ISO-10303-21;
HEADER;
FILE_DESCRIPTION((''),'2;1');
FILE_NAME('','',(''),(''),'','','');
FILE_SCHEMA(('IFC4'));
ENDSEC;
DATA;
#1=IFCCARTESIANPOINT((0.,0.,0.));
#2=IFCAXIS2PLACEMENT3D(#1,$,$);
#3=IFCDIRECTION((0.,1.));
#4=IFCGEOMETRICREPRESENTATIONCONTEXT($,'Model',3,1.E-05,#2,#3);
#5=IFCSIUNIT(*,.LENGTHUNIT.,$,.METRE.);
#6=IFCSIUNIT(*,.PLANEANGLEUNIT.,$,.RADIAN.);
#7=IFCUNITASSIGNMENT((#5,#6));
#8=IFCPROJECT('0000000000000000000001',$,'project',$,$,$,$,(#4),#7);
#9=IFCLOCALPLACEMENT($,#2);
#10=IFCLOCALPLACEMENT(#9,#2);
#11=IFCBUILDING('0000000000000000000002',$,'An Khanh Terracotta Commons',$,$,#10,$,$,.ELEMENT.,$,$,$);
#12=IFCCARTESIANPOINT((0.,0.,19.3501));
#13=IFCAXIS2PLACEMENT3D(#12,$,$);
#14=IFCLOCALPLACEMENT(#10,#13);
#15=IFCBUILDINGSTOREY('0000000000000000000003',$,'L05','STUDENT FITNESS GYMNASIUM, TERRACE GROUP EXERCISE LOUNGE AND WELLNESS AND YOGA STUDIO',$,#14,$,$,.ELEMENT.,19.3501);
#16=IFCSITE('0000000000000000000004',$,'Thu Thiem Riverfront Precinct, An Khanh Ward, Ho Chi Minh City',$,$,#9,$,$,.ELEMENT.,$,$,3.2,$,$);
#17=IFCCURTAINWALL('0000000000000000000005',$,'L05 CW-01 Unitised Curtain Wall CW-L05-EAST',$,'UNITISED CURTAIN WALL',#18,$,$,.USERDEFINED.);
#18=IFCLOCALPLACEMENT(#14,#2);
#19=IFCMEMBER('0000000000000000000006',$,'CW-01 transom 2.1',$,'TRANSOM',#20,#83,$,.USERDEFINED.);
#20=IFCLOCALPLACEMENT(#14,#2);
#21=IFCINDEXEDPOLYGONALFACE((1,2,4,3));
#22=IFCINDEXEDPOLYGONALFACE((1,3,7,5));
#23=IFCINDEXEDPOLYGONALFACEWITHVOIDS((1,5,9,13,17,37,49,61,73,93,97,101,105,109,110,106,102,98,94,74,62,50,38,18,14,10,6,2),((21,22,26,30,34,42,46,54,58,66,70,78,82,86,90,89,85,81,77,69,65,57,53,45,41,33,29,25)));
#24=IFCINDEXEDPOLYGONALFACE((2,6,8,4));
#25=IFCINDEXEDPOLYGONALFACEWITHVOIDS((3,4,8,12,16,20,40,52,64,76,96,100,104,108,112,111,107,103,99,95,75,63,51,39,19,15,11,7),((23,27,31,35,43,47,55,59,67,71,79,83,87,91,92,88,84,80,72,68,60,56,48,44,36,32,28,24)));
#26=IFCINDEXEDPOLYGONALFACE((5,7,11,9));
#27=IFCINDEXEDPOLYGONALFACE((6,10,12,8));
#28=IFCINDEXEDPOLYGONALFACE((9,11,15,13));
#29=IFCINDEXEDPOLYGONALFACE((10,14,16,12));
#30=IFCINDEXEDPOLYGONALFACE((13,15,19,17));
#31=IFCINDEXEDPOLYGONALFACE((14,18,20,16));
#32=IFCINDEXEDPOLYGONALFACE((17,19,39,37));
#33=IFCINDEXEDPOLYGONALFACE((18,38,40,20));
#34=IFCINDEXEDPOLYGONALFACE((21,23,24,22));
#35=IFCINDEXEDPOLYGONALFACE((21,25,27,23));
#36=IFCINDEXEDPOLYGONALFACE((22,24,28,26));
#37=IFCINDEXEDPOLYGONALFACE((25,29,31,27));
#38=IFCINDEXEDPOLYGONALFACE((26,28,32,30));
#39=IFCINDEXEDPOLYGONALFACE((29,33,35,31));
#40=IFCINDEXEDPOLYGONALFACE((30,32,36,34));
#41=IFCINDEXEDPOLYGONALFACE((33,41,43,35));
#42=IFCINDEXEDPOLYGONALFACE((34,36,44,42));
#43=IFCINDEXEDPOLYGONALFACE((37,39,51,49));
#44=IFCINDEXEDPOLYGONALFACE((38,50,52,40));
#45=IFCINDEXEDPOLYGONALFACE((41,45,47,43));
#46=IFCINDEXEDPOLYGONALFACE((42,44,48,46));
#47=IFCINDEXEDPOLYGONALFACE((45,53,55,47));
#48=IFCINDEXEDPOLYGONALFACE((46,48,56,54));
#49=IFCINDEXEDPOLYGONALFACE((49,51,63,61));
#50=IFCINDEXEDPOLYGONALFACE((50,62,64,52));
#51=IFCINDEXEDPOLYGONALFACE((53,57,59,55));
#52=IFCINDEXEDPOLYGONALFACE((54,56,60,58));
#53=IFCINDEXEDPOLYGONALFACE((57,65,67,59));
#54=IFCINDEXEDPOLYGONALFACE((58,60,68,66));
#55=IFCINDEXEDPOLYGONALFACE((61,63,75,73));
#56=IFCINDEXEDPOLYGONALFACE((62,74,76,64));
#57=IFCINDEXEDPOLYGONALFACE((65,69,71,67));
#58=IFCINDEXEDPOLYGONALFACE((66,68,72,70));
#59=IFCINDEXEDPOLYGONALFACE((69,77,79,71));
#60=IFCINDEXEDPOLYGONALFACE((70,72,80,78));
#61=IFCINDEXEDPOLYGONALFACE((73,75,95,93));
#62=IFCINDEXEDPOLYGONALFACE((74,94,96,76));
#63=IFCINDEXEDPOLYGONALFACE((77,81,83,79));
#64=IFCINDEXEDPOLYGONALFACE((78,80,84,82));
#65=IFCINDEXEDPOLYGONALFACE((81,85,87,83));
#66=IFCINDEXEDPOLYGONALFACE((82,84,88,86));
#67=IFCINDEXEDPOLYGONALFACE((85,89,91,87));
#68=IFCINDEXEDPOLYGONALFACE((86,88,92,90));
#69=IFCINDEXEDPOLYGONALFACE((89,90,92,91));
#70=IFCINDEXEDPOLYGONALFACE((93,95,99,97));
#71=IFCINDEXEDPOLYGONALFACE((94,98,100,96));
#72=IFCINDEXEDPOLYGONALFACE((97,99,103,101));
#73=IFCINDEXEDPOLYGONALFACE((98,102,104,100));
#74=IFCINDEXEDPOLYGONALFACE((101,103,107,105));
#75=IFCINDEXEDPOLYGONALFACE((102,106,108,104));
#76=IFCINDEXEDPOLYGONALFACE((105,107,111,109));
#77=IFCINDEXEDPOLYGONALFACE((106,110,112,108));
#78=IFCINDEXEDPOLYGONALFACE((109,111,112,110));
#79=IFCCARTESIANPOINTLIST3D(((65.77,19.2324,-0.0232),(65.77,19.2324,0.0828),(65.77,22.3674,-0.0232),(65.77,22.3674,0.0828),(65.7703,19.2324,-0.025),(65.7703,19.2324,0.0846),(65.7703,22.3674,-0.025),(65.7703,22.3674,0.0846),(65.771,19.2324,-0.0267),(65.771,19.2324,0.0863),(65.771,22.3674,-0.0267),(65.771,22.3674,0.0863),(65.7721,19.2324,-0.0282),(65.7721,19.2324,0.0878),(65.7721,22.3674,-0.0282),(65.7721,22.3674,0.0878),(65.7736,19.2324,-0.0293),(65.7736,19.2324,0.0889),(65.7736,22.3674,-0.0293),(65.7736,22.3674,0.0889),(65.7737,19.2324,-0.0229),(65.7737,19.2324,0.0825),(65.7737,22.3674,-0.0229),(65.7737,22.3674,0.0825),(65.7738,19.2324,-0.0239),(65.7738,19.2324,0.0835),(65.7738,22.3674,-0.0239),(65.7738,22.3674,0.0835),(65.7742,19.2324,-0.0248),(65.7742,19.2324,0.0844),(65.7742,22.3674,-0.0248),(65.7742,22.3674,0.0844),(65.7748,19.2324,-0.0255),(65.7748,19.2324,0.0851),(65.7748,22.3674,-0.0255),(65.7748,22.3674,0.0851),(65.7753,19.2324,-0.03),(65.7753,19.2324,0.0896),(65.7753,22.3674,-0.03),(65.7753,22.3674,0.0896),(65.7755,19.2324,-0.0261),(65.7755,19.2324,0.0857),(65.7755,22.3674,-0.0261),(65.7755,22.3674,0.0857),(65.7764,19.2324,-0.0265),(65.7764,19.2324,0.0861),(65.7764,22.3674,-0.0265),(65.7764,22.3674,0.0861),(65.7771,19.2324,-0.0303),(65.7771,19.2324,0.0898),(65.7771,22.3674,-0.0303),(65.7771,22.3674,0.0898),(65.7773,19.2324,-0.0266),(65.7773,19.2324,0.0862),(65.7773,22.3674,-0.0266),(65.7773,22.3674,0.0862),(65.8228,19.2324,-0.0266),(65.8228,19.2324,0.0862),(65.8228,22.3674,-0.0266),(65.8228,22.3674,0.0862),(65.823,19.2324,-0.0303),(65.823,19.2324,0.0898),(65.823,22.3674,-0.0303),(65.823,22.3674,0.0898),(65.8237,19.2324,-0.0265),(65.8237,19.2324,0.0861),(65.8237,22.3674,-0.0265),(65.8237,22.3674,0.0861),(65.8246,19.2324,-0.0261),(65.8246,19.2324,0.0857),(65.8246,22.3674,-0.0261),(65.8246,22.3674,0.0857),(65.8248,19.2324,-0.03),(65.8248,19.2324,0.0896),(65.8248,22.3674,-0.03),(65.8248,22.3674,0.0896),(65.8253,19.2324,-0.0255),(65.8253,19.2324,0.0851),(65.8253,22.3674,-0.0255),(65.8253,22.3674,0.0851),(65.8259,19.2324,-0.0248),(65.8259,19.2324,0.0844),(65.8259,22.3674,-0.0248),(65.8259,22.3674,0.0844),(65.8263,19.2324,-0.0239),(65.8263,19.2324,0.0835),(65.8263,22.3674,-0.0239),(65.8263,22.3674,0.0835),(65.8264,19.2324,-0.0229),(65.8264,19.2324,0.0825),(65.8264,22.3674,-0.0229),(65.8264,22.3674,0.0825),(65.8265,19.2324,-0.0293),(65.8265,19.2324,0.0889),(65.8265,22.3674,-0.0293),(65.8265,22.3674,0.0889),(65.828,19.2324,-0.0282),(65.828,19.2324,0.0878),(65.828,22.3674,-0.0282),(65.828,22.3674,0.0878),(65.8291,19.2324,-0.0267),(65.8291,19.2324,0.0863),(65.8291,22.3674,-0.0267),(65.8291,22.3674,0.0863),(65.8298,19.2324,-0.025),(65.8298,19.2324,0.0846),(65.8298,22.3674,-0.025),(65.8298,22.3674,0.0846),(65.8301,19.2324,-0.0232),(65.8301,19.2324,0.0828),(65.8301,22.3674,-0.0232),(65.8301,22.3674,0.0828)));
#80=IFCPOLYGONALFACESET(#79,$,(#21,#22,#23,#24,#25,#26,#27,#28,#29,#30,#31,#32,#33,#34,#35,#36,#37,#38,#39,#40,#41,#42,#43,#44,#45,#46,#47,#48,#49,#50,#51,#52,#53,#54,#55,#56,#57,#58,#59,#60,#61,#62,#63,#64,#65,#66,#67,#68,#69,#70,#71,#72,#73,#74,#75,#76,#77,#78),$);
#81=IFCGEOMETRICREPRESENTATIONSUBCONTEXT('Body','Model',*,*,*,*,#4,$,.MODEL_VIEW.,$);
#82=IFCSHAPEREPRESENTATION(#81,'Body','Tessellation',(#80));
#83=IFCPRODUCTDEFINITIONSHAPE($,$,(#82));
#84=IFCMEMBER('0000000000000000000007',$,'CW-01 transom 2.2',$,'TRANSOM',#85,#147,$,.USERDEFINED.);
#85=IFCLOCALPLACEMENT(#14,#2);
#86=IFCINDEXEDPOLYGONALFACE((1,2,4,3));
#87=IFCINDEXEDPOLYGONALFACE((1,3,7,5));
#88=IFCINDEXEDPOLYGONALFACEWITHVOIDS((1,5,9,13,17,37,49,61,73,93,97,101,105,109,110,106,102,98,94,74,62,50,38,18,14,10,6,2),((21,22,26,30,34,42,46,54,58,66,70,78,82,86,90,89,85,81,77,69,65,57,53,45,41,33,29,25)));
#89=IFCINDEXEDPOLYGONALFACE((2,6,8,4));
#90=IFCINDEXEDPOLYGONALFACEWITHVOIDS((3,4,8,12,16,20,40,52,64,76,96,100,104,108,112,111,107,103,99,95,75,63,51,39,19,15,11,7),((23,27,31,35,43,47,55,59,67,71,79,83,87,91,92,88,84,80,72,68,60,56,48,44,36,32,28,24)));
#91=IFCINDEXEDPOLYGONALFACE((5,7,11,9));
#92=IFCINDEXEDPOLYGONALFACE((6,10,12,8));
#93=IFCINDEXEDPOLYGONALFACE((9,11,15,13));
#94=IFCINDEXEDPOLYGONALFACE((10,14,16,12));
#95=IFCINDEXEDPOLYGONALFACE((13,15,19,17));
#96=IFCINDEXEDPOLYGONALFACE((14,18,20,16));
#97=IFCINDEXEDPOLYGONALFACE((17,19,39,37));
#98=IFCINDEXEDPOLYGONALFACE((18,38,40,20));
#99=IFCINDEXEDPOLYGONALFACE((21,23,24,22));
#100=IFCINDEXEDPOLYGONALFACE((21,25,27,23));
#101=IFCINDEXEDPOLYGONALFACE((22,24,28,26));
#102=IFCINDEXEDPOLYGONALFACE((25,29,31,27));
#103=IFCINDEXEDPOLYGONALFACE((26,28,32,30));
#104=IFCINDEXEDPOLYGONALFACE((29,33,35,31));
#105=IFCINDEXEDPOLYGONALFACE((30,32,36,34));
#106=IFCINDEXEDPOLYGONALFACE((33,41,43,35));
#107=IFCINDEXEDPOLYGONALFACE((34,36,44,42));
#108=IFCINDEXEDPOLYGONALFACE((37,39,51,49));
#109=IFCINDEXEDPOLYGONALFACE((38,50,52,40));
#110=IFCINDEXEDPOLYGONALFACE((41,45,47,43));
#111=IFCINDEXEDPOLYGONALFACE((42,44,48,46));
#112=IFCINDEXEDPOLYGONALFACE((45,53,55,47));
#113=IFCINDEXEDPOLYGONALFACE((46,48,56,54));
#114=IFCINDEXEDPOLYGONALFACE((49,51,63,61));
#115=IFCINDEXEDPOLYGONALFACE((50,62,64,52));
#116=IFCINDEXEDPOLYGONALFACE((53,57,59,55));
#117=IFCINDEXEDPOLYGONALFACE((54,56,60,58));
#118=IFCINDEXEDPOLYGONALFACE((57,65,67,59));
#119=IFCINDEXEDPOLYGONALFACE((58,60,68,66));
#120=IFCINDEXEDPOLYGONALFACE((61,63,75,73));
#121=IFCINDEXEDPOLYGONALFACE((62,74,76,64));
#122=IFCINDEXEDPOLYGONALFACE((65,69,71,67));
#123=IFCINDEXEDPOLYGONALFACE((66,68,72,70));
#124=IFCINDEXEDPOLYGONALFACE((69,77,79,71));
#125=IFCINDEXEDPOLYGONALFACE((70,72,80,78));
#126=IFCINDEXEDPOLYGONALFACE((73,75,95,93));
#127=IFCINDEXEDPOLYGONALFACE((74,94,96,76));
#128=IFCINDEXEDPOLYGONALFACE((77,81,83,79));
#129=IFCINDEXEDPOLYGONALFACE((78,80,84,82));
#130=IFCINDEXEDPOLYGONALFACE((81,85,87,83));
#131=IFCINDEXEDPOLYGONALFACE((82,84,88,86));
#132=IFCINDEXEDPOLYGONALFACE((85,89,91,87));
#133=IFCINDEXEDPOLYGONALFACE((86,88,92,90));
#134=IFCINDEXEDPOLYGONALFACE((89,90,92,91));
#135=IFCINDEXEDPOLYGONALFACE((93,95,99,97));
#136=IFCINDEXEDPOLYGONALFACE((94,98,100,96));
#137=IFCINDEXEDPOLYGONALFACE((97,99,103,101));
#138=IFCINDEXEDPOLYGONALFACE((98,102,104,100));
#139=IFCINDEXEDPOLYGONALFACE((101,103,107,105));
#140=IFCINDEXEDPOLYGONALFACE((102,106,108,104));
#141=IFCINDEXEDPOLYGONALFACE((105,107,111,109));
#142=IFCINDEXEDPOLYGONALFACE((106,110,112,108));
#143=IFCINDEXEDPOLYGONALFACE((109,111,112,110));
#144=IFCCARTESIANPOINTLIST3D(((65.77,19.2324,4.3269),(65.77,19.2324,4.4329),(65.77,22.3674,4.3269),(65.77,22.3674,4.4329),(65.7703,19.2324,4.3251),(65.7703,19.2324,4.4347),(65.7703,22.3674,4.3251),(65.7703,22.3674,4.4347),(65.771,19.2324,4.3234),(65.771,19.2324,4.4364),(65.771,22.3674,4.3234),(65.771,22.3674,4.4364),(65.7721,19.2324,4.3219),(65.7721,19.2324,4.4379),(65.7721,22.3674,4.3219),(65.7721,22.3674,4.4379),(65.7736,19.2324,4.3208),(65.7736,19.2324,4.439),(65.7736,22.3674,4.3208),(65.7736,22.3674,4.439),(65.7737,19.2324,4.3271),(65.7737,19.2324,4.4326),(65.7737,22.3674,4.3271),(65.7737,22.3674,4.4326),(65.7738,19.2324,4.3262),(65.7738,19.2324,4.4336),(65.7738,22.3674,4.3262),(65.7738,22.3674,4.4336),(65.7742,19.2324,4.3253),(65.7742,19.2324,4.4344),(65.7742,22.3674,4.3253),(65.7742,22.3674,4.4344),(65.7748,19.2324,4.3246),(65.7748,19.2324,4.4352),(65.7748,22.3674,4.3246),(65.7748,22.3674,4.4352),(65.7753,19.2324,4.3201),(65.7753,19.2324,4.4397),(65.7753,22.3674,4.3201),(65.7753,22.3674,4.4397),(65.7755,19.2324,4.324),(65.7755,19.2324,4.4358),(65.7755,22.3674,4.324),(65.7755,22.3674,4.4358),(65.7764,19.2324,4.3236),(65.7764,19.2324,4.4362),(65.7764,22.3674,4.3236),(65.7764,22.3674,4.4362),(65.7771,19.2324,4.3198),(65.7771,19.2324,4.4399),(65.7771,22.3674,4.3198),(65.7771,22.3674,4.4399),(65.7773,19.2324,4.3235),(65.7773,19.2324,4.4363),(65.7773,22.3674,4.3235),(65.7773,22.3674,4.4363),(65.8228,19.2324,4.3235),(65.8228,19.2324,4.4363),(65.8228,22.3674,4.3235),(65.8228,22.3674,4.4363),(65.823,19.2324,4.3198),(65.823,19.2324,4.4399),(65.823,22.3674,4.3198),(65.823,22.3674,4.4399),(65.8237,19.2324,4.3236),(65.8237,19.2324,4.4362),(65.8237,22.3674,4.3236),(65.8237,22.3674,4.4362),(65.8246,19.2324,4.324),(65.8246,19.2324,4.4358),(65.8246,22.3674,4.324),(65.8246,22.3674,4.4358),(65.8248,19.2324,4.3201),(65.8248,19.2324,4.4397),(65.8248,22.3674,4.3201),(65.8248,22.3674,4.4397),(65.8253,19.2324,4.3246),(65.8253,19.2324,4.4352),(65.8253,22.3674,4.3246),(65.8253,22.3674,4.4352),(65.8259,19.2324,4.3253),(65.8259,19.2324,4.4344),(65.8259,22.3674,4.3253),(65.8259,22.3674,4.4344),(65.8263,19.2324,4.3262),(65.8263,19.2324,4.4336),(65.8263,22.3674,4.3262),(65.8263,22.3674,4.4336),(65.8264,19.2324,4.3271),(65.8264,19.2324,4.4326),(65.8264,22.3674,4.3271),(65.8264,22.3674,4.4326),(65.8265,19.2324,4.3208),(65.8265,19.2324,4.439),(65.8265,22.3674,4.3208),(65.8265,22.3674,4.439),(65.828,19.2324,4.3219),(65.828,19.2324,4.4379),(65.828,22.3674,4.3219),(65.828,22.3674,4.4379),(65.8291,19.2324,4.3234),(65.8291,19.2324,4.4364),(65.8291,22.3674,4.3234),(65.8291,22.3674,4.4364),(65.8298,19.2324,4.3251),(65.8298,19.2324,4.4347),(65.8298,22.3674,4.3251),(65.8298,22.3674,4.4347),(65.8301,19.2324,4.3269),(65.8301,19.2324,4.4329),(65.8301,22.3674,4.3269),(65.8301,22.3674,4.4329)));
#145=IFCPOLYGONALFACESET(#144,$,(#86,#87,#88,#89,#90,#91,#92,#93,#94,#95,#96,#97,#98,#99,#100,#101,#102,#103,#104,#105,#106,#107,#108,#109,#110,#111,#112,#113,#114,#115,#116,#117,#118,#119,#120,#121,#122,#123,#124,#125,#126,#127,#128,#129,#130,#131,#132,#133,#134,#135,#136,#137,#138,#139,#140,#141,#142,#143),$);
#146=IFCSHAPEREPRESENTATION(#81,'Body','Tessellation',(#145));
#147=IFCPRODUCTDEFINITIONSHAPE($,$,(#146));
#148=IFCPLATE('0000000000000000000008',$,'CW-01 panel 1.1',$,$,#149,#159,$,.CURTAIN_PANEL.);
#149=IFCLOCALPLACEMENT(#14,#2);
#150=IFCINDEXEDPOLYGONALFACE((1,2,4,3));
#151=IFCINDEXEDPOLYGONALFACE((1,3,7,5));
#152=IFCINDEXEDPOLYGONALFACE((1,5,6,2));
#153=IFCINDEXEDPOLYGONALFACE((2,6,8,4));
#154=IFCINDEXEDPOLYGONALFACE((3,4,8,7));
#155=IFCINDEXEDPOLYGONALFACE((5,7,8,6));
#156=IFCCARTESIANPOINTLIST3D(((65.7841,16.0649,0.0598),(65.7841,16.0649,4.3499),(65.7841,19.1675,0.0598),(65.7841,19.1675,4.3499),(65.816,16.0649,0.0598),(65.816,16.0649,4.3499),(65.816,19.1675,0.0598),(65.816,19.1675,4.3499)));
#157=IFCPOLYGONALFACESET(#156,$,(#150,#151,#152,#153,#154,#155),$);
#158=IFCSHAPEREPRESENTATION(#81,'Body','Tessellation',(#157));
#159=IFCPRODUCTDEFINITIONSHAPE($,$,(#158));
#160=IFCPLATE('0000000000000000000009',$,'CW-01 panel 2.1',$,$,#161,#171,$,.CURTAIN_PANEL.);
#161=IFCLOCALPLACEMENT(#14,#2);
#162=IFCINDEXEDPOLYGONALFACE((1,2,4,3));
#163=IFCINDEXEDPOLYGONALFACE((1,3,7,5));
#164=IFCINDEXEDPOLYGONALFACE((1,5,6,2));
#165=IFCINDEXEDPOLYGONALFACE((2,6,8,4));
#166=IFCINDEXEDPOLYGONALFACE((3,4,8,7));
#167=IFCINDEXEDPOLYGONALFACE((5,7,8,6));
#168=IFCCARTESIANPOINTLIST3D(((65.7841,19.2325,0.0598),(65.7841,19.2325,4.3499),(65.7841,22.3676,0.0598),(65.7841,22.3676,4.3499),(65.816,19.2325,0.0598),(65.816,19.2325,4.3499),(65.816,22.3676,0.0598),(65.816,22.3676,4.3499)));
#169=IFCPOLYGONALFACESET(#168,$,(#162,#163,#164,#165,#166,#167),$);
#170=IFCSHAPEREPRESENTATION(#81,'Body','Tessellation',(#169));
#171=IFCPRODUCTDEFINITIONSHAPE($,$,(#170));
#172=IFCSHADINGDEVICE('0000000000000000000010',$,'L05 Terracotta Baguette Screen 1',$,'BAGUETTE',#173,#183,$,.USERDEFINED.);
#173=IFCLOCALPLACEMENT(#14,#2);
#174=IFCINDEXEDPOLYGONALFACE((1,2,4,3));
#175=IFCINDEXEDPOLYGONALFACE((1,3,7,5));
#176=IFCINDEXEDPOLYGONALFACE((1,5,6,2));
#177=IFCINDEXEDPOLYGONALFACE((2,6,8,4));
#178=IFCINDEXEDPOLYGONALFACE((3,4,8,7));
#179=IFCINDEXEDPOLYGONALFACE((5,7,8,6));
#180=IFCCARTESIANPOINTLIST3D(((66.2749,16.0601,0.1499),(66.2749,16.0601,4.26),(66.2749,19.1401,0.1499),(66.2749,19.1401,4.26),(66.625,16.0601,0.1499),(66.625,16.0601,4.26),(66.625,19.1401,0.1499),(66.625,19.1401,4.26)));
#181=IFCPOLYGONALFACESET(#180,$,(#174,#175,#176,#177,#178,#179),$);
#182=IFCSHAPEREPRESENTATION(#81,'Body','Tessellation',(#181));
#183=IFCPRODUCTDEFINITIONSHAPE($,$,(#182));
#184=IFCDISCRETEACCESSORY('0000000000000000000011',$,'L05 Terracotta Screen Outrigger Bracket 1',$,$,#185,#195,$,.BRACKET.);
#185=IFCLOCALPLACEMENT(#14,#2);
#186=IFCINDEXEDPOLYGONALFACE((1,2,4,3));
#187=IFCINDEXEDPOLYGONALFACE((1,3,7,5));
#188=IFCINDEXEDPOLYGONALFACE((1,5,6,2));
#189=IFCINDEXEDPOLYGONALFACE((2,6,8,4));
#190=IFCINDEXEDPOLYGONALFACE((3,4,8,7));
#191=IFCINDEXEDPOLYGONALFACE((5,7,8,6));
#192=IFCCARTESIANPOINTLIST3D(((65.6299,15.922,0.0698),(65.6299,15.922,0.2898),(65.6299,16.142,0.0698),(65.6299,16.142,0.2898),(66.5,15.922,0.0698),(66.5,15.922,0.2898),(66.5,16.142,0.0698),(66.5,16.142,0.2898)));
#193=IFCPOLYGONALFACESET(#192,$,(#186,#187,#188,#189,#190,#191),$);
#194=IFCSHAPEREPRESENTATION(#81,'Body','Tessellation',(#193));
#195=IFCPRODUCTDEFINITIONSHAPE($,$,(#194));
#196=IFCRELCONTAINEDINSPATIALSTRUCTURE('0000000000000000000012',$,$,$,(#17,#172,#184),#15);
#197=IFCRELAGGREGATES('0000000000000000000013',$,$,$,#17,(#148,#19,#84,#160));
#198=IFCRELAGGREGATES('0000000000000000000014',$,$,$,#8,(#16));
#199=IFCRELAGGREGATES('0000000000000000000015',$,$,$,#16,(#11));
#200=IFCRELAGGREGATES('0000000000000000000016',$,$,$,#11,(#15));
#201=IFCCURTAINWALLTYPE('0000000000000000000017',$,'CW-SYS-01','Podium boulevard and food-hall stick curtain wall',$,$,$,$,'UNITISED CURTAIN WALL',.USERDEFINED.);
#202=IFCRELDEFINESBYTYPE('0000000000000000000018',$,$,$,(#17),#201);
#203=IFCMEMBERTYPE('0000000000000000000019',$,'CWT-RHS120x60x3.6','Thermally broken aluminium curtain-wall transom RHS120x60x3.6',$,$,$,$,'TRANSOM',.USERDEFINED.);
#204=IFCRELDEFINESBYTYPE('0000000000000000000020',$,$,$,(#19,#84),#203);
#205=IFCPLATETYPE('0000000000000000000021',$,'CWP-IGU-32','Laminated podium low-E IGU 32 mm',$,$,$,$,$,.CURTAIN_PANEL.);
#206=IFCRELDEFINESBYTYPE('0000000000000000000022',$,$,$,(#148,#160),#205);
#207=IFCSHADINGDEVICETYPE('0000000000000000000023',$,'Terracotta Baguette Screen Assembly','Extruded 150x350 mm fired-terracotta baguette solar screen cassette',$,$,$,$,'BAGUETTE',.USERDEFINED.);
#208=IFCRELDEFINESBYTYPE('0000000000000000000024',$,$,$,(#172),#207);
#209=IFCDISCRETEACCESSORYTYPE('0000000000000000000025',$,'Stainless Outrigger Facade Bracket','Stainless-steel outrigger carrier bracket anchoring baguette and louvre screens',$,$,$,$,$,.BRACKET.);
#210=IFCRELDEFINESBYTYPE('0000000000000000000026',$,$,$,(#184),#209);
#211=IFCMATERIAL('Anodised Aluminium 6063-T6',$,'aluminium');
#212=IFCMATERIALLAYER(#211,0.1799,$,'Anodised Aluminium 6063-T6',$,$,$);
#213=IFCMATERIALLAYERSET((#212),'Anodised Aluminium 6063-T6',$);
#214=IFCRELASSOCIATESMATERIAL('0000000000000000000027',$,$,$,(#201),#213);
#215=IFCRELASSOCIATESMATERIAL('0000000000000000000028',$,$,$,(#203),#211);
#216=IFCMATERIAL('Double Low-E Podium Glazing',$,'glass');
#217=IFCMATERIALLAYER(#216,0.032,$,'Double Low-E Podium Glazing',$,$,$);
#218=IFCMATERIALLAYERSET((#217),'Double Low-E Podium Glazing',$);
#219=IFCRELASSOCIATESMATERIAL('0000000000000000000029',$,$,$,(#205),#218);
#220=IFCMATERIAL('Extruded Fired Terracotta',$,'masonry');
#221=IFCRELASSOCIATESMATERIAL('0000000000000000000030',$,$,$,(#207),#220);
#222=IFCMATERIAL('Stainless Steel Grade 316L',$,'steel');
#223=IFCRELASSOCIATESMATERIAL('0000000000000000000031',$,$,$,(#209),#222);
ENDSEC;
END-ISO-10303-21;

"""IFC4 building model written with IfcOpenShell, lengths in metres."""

from ifc_helpers import new_model, si_unit, direction, frame, origin, origin_2d, place, context, subcontext, project, spatial, rectangle, hollow_rectangle, extrude, material, layer, layer_set, material_profile, profile_set, type_object, element, aggregate, save


model = new_model("IFC4")

# Units and contexts
model_context = context("Model", 3, precision=1e-05, world=origin(), true_north=direction((0.0, 1.0)))
body_context = subcontext(model_context, "Body", "Model", "MODEL_VIEW")
ifc_project = project(units=[si_unit("LENGTHUNIT", "METRE"), si_unit("PLANEANGLEUNIT", "RADIAN")], contexts=[model_context])

# Site, building, storey
site_placement = place(None, origin())
site = spatial("IfcSite", under=ifc_project, at=site_placement, Name="Thu Thiem Riverfront Precinct, An Khanh Ward, Ho Chi Minh City", CompositionType="ELEMENT", RefElevation=3.2)
building_placement = place(site_placement, origin())
building = spatial("IfcBuilding", under=site, at=building_placement, Name="An Khanh Terracotta Commons", CompositionType="ELEMENT")
storey_placement = place(building_placement, frame((0.0, 0.0, 19.3501)))
storey = spatial("IfcBuildingStorey", under=building, at=storey_placement, Name="L05", Description="STUDENT FITNESS GYMNASIUM, TERRACE GROUP EXERCISE LOUNGE AND WELLNESS AND YOGA STUDIO", CompositionType="ELEMENT", Elevation=19.3501)

# Curtain wall, members, plates
ifc_material_1 = material(Name="Anodised Aluminium 6063-T6", Category="aluminium")
ifc_layer_1 = layer(ifc_material_1, 0.1799, Name="Anodised Aluminium 6063-T6")
ifc_layer_set_1 = layer_set([ifc_layer_1], Name="Anodised Aluminium 6063-T6")
curtain_wall_type = type_object("IfcCurtainWallType", Name="CW-SYS-01", Description="Podium boulevard and food-hall stick curtain wall", ElementType="UNITISED CURTAIN WALL", PredefinedType="USERDEFINED", material=ifc_layer_set_1)
curtain_wall_placement = place(storey_placement, origin())
curtain_wall = element("IfcCurtainWall", 1, at=curtain_wall_placement, inside=storey, type_object=curtain_wall_type, Name="L05 CW-01 Unitised Curtain Wall CW-L05-EAST", ObjectType="UNITISED CURTAIN WALL", PredefinedType="USERDEFINED")
ifc_material_profile_1 = material_profile(ifc_material_1, hollow_rectangle(XDim=0.0601, YDim=0.1201, WallThickness=0.0037, InnerFilletRadius=0.0037, OuterFilletRadius=0.0071, at=origin_2d()), Name="RHS120x60x3.6")
ifc_profile_set_1 = profile_set([ifc_material_profile_1], Name="Anodised Aluminium 6063-T6")
member_type_1 = type_object("IfcMemberType", Name="CWT-RHS120x60x3.6", Description="Thermally broken aluminium curtain-wall transom RHS120x60x3.6", ElementType="TRANSOM", PredefinedType="USERDEFINED", material=ifc_profile_set_1)
member_1_placement = place(storey_placement, frame((65.8, 19.2324, 0.0298), z_axis=(0.0, 1.0, 0.0), x_axis=(-1.0, 0.0, 0.0)))
member_1 = element("IfcMember", 2, at=member_1_placement, type_object=member_type_1, Name="CW-01 transom 2.1", ObjectType="TRANSOM", PredefinedType="USERDEFINED", context=body_context, shape_type="SweptSolid", body=[
    extrude(hollow_rectangle(XDim=0.0601, YDim=0.1201, WallThickness=0.0037, InnerFilletRadius=0.0037, OuterFilletRadius=0.0071, at=origin_2d()), origin(), (0.0, 0.0, 1.0), 3.135),
])
member_2_placement = place(storey_placement, frame((65.8, 19.2324, 4.3799), z_axis=(0.0, 1.0, 0.0), x_axis=(-1.0, 0.0, 0.0)))
member_2 = element("IfcMember", 3, at=member_2_placement, type_object=member_type_1, Name="CW-01 transom 2.2", ObjectType="TRANSOM", PredefinedType="USERDEFINED", context=body_context, shape_type="SweptSolid", body=[
    extrude(hollow_rectangle(XDim=0.0601, YDim=0.1201, WallThickness=0.0037, InnerFilletRadius=0.0037, OuterFilletRadius=0.0071, at=origin_2d()), origin(), (0.0, 0.0, 1.0), 3.135),
])
ifc_material_2 = material(Name="Double Low-E Podium Glazing", Category="glass")
ifc_layer_2 = layer(ifc_material_2, 0.032, Name="Double Low-E Podium Glazing")
ifc_layer_set_2 = layer_set([ifc_layer_2], Name="Double Low-E Podium Glazing")
plate_type = type_object("IfcPlateType", Name="CWP-IGU-32", Description="Laminated podium low-E IGU 32 mm", PredefinedType="CURTAIN_PANEL", material=ifc_layer_set_2)
plate_1_placement = place(storey_placement, frame((65.8, 17.6162, 0.0598), z_axis=(0.0, 0.0, 1.0), x_axis=(0.0, 1.0, 0.0)))
plate_1 = element("IfcPlate", 4, at=plate_1_placement, type_object=plate_type, Name="CW-01 panel 1.1", PredefinedType="CURTAIN_PANEL", context=body_context, shape_type="SweptSolid", body=[
    extrude(rectangle(XDim=3.1025, YDim=0.032, at=origin_2d()), origin(), (0.0, 0.0, 1.0), 4.29),
])
plate_2_placement = place(storey_placement, frame((65.8, 20.8, 0.0598), z_axis=(0.0, 0.0, 1.0), x_axis=(0.0, 1.0, 0.0)))
plate_2 = element("IfcPlate", 5, at=plate_2_placement, type_object=plate_type, Name="CW-01 panel 2.1", PredefinedType="CURTAIN_PANEL", context=body_context, shape_type="SweptSolid", body=[
    extrude(rectangle(XDim=3.135, YDim=0.032, at=origin_2d()), origin(), (0.0, 0.0, 1.0), 4.29),
])
aggregate(curtain_wall, [plate_1, member_1, member_2, plate_2])

# Shading device
ifc_material_3 = material(Name="Extruded Fired Terracotta", Category="masonry")
shading_device_type = type_object("IfcShadingDeviceType", Name="Terracotta Baguette Screen Assembly", Description="Extruded 150x350 mm fired-terracotta baguette solar screen cassette", ElementType="BAGUETTE", PredefinedType="USERDEFINED", material=ifc_material_3)
shading_device_placement = place(storey_placement, frame((66.45, 17.6001, 0.1499), z_axis=(0.0, 0.0, 1.0), x_axis=(0.0, 1.0, 0.0)))
element("IfcShadingDevice", 6, at=shading_device_placement, inside=storey, type_object=shading_device_type, Name="L05 Terracotta Baguette Screen 1", ObjectType="BAGUETTE", PredefinedType="USERDEFINED", context=body_context, shape_type="SweptSolid", body=[
    extrude(rectangle(XDim=3.0801, YDim=0.3501, at=origin_2d()), origin(), (0.0, 0.0, 1.0), 4.1101),
])

# Discrete accessory
ifc_material_4 = material(Name="Stainless Steel Grade 316L", Category="steel")
discrete_accessory_type_1 = type_object("IfcDiscreteAccessoryType", Name="Stainless Outrigger Facade Bracket", Description="Stainless-steel outrigger carrier bracket anchoring baguette and louvre screens", PredefinedType="BRACKET", material=ifc_material_4)
discrete_accessory_1_placement = place(storey_placement, frame((66.0649, 16.032, 0.0698), z_axis=(0.0, 0.0, 1.0), x_axis=(0.0, 1.0, 0.0)))
element("IfcDiscreteAccessory", 7, at=discrete_accessory_1_placement, inside=storey, type_object=discrete_accessory_type_1, Name="L05 Terracotta Screen Outrigger Bracket 1", PredefinedType="BRACKET", context=body_context, shape_type="SweptSolid", body=[
    extrude(rectangle(XDim=0.22, YDim=0.8701, at=origin_2d()), origin(), (0.0, 0.0, 1.0), 0.22),
])

save(model, "model.ifc")
